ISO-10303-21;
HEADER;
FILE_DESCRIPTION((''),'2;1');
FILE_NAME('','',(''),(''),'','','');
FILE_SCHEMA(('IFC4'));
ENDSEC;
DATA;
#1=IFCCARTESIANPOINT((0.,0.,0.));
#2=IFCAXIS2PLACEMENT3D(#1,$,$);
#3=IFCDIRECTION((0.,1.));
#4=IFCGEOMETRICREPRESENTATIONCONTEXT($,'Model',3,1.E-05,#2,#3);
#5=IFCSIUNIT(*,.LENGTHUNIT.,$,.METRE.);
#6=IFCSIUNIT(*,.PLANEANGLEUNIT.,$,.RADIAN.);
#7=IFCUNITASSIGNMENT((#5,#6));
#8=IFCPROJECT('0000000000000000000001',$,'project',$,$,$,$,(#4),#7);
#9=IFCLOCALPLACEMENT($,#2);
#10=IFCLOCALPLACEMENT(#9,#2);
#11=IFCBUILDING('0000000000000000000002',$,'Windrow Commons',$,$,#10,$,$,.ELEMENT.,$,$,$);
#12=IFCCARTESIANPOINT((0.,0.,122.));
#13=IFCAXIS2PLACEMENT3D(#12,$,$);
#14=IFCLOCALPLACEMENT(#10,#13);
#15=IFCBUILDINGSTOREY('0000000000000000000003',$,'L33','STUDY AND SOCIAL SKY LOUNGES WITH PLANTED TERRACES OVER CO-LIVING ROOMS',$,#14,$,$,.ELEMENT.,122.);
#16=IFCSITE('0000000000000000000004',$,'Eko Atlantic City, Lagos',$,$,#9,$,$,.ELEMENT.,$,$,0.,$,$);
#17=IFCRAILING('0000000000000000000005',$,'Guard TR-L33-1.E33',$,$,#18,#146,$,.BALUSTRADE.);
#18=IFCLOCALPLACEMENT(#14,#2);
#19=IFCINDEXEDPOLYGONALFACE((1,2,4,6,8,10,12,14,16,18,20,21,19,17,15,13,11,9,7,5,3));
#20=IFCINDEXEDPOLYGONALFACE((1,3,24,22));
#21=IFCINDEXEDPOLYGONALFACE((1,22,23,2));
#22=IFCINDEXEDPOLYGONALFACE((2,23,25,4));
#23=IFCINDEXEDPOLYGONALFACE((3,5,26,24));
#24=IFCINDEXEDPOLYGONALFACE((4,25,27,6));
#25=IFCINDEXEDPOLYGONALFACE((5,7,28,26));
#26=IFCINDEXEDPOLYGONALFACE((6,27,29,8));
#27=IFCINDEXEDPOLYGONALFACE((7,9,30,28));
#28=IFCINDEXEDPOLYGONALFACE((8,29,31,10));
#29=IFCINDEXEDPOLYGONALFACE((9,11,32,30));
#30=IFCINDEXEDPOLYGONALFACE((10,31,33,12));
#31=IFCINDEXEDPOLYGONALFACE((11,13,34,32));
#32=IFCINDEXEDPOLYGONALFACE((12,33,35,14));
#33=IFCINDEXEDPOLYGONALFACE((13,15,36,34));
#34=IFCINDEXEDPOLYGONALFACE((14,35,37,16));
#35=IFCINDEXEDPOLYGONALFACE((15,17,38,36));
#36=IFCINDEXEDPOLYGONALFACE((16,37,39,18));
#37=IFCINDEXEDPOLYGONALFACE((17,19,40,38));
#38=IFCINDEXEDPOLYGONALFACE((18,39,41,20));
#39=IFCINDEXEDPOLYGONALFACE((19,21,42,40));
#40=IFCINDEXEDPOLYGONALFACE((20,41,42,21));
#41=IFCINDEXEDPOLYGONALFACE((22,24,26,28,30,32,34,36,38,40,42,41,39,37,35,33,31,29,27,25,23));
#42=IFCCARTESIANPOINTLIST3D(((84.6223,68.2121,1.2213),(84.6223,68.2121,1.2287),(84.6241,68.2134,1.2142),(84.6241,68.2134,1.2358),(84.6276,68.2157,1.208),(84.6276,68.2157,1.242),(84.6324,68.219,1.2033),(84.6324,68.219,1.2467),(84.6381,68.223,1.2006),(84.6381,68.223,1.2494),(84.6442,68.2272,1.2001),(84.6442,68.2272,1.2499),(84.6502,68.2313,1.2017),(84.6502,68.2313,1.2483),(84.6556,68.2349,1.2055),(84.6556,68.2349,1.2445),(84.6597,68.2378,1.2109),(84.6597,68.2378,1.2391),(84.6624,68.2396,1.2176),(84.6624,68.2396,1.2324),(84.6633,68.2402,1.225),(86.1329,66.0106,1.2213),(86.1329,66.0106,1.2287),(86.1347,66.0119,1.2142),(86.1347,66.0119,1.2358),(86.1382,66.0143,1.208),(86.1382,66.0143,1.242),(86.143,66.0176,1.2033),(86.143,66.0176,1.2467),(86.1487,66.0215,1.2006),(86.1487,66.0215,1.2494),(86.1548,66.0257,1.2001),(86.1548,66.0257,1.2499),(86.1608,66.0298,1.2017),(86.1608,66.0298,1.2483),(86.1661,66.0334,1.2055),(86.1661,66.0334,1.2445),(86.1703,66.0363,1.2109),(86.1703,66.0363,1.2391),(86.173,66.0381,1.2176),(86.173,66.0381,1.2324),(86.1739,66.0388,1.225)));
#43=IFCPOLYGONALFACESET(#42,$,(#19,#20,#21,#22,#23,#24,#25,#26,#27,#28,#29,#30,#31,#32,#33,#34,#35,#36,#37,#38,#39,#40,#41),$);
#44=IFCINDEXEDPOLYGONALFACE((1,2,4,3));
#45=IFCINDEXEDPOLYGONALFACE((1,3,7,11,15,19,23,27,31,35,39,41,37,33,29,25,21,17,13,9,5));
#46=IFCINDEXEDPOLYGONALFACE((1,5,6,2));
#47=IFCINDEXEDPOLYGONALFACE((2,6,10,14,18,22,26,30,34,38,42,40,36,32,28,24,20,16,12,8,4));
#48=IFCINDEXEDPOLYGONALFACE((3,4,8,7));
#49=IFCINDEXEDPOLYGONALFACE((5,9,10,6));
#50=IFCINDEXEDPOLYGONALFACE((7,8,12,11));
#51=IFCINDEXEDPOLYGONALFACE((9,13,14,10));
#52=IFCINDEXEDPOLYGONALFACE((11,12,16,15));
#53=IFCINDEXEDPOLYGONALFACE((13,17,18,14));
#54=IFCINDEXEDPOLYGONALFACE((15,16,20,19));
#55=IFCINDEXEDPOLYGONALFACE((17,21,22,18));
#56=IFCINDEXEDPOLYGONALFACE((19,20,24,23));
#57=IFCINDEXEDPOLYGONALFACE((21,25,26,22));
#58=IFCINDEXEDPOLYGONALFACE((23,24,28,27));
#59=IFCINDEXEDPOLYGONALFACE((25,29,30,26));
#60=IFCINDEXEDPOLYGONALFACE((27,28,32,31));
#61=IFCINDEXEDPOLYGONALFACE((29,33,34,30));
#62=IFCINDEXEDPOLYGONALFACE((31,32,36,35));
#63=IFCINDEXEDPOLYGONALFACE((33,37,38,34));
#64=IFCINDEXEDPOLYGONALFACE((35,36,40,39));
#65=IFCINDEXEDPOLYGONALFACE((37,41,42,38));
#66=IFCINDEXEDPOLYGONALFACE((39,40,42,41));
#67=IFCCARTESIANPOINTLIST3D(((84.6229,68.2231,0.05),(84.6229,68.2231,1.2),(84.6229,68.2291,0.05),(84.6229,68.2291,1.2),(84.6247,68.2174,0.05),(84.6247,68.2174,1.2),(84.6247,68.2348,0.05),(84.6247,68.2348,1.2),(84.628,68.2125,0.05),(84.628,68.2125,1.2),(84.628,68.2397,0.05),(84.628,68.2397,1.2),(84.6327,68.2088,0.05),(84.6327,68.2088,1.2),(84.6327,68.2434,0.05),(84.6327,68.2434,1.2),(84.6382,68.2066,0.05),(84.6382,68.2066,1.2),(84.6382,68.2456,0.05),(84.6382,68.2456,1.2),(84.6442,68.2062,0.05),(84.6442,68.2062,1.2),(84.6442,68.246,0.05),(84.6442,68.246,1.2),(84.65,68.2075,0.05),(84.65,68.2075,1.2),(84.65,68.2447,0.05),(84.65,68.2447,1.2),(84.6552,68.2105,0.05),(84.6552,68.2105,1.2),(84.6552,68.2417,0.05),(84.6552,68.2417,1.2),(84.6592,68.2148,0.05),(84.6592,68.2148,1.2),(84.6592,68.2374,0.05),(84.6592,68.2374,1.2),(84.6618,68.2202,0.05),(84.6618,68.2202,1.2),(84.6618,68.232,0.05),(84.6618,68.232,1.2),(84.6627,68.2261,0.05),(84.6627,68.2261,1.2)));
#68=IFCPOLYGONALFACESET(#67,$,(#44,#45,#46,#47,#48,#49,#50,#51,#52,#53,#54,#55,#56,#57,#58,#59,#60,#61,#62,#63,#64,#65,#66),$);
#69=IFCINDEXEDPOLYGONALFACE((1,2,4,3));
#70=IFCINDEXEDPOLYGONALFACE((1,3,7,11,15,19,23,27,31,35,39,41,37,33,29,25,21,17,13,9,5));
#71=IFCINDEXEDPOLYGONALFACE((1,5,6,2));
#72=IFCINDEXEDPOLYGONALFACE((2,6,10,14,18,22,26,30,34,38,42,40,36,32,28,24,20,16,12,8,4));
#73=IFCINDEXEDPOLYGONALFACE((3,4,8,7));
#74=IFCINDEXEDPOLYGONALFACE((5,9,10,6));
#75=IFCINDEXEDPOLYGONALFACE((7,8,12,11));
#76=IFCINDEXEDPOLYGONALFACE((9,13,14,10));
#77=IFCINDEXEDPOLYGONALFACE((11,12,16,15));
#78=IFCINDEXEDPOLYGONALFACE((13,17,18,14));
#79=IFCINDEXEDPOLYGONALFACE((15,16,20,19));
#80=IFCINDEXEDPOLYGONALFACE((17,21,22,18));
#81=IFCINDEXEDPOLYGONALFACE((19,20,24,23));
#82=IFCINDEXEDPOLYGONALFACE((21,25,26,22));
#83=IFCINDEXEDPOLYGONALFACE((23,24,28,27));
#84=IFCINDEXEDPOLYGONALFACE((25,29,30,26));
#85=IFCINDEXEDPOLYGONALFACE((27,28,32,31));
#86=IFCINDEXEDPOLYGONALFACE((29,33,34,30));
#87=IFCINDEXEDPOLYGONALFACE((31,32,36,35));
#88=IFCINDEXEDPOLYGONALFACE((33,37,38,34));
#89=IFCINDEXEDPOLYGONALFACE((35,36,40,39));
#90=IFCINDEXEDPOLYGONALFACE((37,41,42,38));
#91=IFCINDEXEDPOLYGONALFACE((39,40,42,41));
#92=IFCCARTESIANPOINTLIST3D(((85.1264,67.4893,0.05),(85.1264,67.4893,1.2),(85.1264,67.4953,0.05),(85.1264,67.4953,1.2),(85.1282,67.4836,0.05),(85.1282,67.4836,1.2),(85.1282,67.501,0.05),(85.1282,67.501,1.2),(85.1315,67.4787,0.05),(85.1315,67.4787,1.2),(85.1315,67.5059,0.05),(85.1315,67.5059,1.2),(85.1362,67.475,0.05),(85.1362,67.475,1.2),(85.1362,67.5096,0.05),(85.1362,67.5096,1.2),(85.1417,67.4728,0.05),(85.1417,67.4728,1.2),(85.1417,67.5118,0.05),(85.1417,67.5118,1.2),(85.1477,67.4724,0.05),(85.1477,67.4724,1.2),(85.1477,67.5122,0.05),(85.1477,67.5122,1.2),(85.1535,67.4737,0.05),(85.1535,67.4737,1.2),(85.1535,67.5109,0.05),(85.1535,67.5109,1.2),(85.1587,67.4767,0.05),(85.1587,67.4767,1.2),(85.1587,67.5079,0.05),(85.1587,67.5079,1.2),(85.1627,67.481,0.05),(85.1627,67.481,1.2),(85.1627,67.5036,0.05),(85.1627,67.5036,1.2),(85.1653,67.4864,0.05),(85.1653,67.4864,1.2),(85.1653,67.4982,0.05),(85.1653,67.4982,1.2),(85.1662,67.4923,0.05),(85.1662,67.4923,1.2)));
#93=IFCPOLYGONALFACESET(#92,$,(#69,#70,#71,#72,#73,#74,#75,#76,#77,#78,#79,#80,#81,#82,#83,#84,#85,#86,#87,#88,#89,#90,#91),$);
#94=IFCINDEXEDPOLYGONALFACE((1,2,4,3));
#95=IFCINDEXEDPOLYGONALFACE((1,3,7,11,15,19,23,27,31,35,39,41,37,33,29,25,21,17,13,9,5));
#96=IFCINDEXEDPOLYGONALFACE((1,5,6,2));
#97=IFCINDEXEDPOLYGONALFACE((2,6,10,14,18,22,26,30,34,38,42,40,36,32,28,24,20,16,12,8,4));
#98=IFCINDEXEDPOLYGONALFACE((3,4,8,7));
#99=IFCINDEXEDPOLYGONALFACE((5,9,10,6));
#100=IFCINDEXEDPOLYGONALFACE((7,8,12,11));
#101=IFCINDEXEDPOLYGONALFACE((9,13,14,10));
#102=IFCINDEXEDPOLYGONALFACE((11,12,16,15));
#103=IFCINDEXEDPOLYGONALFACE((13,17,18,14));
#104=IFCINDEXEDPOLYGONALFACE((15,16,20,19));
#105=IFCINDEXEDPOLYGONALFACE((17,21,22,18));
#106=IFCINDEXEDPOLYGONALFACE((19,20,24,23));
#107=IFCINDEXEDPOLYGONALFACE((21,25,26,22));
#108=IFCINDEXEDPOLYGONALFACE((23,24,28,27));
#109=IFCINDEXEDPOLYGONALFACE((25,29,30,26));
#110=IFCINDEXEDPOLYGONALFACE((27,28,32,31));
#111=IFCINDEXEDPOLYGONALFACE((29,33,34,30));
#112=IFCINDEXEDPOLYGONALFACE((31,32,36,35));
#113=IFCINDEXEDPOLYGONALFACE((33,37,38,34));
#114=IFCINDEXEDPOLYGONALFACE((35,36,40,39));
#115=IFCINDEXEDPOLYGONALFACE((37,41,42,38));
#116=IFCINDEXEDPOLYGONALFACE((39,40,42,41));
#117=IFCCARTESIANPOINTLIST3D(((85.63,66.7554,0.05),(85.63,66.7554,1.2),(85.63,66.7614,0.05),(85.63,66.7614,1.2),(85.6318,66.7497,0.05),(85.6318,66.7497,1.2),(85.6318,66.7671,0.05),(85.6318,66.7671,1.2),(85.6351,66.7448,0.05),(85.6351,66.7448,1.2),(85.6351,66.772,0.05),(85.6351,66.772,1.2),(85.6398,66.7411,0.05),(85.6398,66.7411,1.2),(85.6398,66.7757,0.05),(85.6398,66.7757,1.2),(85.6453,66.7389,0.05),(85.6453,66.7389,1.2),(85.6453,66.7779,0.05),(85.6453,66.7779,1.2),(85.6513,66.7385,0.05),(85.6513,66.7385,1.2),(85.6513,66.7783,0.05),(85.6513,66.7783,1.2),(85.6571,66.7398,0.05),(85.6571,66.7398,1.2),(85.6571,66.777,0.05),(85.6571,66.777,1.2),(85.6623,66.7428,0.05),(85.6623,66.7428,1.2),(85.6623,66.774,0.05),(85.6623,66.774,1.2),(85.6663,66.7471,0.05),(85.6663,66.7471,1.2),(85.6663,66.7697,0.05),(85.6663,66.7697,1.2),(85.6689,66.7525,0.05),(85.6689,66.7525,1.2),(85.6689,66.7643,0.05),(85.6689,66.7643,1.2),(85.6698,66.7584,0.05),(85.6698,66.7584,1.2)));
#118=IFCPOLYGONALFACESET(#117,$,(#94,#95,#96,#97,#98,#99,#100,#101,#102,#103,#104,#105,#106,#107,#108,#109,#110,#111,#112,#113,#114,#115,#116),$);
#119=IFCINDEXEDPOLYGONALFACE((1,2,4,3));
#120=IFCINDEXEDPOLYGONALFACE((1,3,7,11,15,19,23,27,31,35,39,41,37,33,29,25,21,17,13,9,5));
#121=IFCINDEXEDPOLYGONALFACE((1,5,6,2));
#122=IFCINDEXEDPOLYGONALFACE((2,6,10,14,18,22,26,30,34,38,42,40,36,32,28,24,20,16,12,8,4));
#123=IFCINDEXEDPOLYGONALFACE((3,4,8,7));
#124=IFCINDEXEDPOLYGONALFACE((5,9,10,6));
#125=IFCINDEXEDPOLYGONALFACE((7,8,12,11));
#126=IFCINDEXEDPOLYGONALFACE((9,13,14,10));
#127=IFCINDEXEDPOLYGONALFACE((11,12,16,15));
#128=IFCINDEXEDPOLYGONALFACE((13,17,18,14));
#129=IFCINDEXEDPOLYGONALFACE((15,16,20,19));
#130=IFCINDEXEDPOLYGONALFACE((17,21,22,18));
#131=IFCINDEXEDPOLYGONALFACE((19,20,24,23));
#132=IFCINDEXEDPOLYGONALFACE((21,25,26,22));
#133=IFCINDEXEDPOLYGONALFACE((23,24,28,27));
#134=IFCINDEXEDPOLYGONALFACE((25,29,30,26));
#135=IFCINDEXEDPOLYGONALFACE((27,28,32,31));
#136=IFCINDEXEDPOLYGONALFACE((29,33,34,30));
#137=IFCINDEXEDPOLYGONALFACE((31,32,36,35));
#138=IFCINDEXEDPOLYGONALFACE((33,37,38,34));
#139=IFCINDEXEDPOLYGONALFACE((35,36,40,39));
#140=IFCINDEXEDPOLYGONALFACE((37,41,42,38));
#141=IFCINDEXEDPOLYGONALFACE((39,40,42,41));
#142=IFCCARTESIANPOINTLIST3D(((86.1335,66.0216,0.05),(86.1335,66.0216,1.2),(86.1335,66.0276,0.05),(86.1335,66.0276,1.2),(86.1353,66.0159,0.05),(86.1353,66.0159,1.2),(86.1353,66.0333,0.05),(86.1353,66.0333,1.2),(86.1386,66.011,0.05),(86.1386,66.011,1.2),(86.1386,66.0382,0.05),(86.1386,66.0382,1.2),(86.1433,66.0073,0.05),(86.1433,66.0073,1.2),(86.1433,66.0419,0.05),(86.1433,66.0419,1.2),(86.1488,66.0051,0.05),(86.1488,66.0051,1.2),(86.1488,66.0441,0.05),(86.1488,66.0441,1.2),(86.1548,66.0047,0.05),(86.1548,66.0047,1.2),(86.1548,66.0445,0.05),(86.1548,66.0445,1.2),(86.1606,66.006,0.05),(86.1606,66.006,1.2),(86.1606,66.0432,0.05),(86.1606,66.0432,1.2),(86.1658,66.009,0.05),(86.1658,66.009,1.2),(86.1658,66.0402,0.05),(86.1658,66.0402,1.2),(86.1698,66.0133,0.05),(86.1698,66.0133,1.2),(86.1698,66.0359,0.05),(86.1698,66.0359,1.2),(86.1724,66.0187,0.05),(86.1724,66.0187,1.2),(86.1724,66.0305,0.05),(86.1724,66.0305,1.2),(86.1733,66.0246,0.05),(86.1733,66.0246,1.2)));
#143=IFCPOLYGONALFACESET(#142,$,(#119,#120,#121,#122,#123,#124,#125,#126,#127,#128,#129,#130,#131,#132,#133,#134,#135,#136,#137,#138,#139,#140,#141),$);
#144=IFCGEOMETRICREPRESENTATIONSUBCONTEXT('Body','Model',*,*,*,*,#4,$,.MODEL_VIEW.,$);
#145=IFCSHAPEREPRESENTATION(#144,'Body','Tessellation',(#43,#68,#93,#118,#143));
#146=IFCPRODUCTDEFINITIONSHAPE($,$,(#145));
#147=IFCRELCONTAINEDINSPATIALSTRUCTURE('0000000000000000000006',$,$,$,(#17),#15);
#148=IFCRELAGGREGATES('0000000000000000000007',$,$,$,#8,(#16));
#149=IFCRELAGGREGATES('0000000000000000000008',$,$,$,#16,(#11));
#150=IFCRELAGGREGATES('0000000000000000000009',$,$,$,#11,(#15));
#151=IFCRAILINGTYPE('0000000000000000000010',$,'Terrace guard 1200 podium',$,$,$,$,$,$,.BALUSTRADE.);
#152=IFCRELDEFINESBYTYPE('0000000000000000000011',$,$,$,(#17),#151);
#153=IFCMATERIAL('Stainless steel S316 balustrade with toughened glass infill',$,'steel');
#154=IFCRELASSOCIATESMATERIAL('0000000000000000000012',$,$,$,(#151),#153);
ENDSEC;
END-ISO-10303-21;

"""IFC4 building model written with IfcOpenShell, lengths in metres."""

from ifc_helpers import new_model, si_unit, direction, frame, origin, origin_2d, place, context, subcontext, project, spatial, circle, extrude, material, type_object, element, save


model = new_model("IFC4")

# Units and contexts
model_context = context("Model", 3, precision=1e-05, world=origin(), true_north=direction((0.0, 1.0)))
body_context = subcontext(model_context, "Body", "Model", "MODEL_VIEW")
ifc_project = project(units=[si_unit("LENGTHUNIT", "METRE"), si_unit("PLANEANGLEUNIT", "RADIAN")], contexts=[model_context])

# Site, building, storey
site_placement = place(None, origin())
site = spatial("IfcSite", under=ifc_project, at=site_placement, Name="Eko Atlantic City, Lagos", CompositionType="ELEMENT", RefElevation=0.0)
building_placement = place(site_placement, origin())
building = spatial("IfcBuilding", under=site, at=building_placement, Name="Windrow Commons", CompositionType="ELEMENT")
storey_placement = place(building_placement, frame((0.0, 0.0, 122.0)))
storey = spatial("IfcBuildingStorey", under=building, at=storey_placement, Name="L33", Description="STUDY AND SOCIAL SKY LOUNGES WITH PLANTED TERRACES OVER CO-LIVING ROOMS", CompositionType="ELEMENT", Elevation=122.0)

# Railing
ifc_material_1 = material(Name="Stainless steel S316 balustrade with toughened glass infill", Category="steel")
railing_type_1 = type_object("IfcRailingType", Name="Terrace guard 1200 podium", PredefinedType="BALUSTRADE", material=ifc_material_1)
railing_1_placement = place(storey_placement, frame((84.6427, 68.2261, 0.05)))
element("IfcRailing", 1, at=railing_1_placement, inside=storey, type_object=railing_type_1, Name="Guard TR-L33-1.E33", PredefinedType="BALUSTRADE", context=body_context, shape_type="SweptSolid", body=[
    extrude(circle(Radius=0.025, at=origin_2d()), frame((0.0, 0.0, 1.175), z_axis=(0.565783, -0.824554, 0.0), x_axis=(0.824554, 0.565783, 0.0)), (0.0, 0.0, 1.0), 2.6699),
    extrude(circle(Radius=0.02, at=origin_2d()), origin(), (0.0, 0.0, 1.0), 1.15),
    extrude(circle(Radius=0.02, at=origin_2d()), frame((0.5035, -0.7338, 0.0)), (0.0, 0.0, 1.0), 1.15),
    extrude(circle(Radius=0.02, at=origin_2d()), frame((1.0071, -1.4677, 0.0)), (0.0, 0.0, 1.0), 1.15),
    extrude(circle(Radius=0.02, at=origin_2d()), frame((1.5106, -2.2015, 0.0)), (0.0, 0.0, 1.0), 1.15),
])

save(model, "model.ifc")
